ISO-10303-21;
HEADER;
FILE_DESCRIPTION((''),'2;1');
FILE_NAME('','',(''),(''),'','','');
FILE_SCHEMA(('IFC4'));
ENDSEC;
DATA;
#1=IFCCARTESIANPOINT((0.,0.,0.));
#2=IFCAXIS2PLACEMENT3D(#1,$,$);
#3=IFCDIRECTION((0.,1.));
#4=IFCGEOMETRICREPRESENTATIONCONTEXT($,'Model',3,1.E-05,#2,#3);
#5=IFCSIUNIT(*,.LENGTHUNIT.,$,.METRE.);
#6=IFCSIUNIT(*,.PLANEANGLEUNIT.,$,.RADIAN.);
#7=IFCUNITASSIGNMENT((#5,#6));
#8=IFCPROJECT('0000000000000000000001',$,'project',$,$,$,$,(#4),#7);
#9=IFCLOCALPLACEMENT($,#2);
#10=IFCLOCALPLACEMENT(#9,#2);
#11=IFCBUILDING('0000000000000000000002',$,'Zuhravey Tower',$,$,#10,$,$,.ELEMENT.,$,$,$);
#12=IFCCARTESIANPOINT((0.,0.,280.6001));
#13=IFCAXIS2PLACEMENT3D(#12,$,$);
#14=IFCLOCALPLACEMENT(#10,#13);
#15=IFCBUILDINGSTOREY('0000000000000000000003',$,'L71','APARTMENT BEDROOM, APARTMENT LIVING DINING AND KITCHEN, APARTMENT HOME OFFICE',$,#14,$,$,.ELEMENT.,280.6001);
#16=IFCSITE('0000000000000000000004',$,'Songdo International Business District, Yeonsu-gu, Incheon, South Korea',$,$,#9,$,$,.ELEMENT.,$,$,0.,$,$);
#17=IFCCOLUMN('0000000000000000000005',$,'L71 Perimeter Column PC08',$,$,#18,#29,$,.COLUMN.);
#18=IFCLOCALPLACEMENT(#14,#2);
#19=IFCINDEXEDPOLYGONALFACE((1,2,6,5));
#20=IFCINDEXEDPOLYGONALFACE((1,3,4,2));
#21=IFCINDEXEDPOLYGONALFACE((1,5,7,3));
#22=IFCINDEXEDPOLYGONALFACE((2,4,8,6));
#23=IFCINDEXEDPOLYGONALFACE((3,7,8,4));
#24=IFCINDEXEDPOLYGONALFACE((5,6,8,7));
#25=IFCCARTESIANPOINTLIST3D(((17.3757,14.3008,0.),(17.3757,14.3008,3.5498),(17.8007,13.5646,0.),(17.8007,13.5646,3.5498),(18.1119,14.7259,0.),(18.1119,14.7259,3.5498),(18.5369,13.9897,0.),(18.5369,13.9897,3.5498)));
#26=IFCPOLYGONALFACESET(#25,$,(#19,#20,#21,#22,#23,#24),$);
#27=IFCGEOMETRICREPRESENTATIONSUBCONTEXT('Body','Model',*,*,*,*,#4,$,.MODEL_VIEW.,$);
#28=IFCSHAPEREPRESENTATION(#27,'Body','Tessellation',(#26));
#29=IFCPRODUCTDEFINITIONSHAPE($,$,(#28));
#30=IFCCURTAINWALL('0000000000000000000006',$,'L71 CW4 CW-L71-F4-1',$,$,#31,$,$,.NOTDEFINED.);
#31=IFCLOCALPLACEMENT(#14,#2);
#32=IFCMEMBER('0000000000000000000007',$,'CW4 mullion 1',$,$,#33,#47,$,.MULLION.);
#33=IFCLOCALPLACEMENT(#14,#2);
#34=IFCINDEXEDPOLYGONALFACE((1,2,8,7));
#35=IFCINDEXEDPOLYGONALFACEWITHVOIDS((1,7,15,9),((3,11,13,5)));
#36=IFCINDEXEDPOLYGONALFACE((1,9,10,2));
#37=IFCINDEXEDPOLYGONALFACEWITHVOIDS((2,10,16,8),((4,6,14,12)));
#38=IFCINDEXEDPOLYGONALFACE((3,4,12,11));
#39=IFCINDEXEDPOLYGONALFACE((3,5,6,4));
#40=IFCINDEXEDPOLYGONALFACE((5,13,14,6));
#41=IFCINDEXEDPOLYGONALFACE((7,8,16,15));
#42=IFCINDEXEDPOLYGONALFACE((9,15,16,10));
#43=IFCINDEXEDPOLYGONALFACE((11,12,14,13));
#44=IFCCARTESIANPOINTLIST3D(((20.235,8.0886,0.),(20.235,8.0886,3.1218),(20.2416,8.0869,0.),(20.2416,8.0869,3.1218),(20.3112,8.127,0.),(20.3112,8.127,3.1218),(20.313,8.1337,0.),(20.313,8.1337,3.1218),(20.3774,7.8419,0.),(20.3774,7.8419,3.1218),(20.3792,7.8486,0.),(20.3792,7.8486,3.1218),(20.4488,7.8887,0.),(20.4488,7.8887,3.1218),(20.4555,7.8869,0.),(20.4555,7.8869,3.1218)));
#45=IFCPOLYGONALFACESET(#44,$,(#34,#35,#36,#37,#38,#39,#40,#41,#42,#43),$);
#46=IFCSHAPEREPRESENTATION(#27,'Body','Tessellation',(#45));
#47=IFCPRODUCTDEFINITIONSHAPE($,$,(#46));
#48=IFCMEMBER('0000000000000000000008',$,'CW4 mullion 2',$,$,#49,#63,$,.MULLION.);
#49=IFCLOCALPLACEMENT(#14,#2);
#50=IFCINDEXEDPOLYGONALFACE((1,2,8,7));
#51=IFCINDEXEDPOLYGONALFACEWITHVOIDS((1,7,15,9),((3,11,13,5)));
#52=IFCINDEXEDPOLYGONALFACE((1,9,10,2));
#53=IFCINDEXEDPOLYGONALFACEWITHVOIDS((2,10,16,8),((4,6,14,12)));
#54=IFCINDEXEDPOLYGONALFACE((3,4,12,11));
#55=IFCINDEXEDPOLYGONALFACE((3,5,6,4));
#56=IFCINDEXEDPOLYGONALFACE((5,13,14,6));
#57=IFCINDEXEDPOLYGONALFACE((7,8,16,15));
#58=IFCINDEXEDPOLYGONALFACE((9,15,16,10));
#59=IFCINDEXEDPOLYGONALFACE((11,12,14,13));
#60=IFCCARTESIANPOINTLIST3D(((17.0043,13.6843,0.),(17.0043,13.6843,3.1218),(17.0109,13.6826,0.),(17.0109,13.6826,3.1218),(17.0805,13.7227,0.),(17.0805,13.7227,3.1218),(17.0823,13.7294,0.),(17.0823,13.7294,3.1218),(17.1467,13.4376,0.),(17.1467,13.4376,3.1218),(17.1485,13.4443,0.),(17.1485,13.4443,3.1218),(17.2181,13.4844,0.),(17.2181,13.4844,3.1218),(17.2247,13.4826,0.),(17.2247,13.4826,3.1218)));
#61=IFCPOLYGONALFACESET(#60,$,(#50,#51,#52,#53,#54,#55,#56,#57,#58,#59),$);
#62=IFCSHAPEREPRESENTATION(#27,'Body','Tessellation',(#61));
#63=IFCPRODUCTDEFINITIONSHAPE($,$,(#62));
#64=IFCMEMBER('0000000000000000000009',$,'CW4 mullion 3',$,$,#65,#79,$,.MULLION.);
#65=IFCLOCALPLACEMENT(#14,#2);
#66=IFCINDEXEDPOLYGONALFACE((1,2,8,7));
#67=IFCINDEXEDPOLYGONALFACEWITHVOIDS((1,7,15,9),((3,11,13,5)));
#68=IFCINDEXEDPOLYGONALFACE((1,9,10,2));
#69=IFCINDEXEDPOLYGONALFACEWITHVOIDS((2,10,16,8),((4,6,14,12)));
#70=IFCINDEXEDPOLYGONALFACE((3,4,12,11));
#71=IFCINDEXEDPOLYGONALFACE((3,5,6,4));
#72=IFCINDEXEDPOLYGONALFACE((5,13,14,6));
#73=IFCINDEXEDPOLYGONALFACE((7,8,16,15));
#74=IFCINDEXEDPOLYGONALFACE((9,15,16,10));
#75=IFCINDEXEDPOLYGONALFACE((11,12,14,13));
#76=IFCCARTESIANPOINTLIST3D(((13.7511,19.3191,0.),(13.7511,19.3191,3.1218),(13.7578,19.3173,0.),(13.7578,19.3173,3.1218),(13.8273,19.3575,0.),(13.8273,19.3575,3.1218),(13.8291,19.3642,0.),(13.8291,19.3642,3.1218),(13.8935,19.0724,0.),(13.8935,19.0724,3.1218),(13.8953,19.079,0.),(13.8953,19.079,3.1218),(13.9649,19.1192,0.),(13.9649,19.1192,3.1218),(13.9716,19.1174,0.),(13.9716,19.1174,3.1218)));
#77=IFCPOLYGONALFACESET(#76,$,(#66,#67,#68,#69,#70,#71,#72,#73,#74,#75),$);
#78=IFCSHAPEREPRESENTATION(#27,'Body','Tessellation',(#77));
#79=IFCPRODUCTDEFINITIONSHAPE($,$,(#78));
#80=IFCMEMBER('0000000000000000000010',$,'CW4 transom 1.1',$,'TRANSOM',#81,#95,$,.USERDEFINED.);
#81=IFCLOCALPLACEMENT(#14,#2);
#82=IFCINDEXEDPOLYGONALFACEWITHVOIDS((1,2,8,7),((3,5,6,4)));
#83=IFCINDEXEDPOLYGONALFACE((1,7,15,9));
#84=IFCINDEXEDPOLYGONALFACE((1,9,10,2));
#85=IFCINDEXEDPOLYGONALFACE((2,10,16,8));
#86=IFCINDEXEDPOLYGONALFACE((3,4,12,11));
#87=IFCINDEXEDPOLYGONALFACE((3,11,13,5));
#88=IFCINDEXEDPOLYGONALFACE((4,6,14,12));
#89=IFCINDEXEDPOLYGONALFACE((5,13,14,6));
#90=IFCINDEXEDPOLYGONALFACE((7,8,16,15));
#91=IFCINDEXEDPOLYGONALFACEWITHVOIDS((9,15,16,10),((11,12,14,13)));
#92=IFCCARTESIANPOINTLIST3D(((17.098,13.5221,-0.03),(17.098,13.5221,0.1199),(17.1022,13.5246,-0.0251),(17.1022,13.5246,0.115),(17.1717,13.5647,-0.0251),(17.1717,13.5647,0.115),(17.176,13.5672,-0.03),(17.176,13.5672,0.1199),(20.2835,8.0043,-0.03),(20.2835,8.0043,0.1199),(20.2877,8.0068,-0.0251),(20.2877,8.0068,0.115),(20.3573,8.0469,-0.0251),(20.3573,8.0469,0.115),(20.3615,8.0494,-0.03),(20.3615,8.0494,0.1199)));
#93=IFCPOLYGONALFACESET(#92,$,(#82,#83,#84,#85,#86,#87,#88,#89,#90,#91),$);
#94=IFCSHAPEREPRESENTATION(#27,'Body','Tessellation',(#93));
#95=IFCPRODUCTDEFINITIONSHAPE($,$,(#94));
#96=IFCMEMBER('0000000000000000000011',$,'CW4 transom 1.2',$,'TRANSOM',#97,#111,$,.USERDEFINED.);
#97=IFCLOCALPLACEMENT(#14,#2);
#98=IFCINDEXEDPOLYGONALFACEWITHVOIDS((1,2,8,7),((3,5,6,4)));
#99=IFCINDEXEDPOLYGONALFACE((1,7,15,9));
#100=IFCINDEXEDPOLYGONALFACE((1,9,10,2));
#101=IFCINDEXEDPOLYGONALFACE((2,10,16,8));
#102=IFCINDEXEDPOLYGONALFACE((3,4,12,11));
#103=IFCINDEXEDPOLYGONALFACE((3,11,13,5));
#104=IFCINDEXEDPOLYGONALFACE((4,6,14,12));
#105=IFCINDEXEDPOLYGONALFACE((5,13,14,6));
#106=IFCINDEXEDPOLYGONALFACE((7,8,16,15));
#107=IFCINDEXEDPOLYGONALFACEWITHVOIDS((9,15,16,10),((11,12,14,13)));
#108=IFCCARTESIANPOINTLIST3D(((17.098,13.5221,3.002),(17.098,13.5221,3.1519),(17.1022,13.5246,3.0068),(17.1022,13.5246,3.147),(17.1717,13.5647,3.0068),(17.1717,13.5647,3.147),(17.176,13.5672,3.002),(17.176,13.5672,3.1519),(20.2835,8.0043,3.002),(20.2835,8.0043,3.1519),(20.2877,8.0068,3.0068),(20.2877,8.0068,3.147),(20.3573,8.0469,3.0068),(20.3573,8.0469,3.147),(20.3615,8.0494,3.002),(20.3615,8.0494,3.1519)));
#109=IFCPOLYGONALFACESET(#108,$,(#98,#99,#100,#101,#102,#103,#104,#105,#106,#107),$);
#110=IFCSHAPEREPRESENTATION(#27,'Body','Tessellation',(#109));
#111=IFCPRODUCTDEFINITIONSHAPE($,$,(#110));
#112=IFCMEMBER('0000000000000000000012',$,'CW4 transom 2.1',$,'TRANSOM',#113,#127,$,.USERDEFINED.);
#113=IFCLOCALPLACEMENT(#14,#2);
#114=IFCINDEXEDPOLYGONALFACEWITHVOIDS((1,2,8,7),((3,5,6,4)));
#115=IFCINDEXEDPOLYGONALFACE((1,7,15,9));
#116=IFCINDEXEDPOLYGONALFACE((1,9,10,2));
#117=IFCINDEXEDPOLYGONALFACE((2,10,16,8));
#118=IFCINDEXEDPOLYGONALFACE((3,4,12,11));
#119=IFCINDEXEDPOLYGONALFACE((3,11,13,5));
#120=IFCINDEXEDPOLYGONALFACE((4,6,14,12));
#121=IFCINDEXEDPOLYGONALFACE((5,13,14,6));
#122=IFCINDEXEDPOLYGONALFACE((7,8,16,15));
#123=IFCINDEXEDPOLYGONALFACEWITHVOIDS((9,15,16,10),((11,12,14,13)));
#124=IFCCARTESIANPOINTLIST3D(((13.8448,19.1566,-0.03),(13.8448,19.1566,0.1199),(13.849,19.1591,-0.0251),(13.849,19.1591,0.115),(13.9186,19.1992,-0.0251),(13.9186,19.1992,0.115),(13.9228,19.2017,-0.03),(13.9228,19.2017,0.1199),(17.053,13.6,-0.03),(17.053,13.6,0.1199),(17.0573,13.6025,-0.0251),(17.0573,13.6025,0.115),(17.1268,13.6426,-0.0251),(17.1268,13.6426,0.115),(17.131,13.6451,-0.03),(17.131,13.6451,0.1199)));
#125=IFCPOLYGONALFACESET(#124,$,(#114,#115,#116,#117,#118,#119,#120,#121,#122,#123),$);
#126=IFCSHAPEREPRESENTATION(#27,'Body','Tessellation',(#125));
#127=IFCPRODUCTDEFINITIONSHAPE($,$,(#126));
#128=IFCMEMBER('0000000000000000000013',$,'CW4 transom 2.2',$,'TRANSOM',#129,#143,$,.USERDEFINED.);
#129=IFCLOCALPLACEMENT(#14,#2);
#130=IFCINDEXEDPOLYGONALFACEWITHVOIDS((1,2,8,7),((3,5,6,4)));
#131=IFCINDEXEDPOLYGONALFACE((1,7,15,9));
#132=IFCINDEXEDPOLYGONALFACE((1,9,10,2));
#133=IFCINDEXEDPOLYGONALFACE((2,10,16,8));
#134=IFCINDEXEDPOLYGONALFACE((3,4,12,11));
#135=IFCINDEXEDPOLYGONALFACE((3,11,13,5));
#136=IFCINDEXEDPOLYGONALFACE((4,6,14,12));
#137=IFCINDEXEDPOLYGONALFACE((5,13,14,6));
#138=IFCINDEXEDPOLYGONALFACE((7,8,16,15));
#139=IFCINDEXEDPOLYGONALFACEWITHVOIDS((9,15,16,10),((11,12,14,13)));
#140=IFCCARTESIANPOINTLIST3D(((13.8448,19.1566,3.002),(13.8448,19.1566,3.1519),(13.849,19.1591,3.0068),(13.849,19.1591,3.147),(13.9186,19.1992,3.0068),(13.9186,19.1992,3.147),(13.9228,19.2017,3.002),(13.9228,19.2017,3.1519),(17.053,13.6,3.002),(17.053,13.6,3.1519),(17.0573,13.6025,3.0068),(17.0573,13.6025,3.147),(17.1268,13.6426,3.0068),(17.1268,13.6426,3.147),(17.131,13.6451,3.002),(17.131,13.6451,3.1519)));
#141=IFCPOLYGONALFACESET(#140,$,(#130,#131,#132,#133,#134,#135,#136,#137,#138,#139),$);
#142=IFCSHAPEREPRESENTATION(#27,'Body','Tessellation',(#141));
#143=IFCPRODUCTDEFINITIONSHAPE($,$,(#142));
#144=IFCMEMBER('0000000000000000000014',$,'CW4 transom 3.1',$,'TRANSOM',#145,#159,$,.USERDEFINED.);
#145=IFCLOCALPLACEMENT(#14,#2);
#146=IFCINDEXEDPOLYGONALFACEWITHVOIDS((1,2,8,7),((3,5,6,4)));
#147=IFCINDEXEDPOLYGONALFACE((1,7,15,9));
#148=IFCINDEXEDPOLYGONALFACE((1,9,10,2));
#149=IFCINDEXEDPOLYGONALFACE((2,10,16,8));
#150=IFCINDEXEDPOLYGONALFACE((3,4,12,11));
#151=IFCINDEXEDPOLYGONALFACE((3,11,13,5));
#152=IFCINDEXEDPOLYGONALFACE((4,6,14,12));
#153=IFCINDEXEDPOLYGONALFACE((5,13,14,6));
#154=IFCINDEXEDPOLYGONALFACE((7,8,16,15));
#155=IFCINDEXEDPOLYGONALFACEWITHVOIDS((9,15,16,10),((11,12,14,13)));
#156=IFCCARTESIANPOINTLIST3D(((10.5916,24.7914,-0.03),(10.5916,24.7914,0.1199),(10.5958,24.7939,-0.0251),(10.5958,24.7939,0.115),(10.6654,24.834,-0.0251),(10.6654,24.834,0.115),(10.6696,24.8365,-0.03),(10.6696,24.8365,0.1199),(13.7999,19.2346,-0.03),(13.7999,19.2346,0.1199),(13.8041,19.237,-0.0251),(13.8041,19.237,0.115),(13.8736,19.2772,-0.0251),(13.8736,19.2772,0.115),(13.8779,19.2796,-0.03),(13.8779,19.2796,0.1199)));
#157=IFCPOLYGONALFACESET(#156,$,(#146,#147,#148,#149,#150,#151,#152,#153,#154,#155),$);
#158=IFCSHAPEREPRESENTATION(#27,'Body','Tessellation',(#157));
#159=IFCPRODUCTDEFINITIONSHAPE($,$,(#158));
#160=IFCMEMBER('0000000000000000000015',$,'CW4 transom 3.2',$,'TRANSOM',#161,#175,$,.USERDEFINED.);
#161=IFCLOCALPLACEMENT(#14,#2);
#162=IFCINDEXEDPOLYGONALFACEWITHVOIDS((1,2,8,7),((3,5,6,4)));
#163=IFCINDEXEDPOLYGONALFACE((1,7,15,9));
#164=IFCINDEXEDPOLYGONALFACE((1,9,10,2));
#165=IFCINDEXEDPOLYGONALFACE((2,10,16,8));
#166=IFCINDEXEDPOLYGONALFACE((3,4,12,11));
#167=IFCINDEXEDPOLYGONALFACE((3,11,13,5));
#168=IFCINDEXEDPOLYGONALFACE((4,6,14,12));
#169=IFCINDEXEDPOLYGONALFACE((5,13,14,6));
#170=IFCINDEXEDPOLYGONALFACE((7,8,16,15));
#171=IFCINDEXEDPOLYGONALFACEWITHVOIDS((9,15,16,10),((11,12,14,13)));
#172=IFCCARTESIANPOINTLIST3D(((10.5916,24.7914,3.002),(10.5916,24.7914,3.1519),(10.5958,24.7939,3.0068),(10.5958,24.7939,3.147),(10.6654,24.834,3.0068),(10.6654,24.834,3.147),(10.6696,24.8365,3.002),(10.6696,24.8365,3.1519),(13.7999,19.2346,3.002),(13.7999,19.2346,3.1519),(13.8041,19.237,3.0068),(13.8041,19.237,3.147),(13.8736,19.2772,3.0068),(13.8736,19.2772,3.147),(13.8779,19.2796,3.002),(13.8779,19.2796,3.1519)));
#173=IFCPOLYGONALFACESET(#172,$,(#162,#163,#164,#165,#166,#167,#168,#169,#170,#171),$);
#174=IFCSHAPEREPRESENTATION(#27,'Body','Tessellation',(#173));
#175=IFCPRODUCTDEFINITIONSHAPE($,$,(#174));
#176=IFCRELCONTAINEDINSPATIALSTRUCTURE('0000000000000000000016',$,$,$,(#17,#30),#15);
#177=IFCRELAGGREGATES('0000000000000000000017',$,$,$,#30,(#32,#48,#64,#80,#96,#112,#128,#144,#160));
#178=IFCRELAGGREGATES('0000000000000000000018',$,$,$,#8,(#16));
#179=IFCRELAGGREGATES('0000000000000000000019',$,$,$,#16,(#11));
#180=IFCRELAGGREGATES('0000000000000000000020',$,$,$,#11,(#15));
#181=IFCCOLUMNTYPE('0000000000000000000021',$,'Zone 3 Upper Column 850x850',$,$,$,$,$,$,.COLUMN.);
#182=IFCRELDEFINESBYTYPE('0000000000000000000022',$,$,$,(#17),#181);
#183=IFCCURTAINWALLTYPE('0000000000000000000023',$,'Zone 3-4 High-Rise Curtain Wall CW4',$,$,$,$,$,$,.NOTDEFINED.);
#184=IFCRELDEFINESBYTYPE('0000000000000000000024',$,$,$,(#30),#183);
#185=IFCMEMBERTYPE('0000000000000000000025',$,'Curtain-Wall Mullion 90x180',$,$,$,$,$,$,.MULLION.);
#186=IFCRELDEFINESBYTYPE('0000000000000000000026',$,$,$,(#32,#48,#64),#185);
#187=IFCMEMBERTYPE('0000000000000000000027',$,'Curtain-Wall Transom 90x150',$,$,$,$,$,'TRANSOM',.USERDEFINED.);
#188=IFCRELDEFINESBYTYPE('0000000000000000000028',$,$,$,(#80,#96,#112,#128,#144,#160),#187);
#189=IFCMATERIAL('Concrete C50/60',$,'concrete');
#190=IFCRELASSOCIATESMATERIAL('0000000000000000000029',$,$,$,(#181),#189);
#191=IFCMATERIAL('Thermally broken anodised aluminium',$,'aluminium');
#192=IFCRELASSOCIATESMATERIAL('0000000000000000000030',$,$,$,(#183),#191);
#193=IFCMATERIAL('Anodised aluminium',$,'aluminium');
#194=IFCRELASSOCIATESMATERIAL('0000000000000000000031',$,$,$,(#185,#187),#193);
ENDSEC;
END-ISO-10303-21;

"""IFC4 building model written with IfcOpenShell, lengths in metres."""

from ifc_helpers import new_model, si_unit, direction, frame, origin, origin_2d, place, context, subcontext, project, spatial, rectangle, hollow_rectangle, extrude, material, material_profile, profile_set, type_object, element, aggregate, save


model = new_model("IFC4")

# Units and contexts
model_context = context("Model", 3, precision=1e-05, world=origin(), true_north=direction((0.0, 1.0)))
body_context = subcontext(model_context, "Body", "Model", "MODEL_VIEW")
ifc_project = project(units=[si_unit("LENGTHUNIT", "METRE"), si_unit("PLANEANGLEUNIT", "RADIAN")], contexts=[model_context])

# Site, building, storey
site_placement = place(None, origin())
site = spatial("IfcSite", under=ifc_project, at=site_placement, Name="Songdo International Business District, Yeonsu-gu, Incheon, South Korea", CompositionType="ELEMENT", RefElevation=0.0)
building_placement = place(site_placement, origin())
building = spatial("IfcBuilding", under=site, at=building_placement, Name="Zuhravey Tower", CompositionType="ELEMENT")
storey_placement = place(building_placement, frame((0.0, 0.0, 280.6001)))
storey = spatial("IfcBuildingStorey", under=building, at=storey_placement, Name="L71", Description="APARTMENT BEDROOM, APARTMENT LIVING DINING AND KITCHEN, APARTMENT HOME OFFICE", CompositionType="ELEMENT", Elevation=280.6001)

# Column
ifc_material_1 = material(Name="Concrete C50/60", Category="concrete")
ifc_material_profile_1 = material_profile(ifc_material_1, rectangle(XDim=0.8501, YDim=0.8501, at=origin_2d()), Name="RC-850x850")
ifc_profile_set_1 = profile_set([ifc_material_profile_1], Name="Concrete C50/60")
column_type = type_object("IfcColumnType", Name="Zone 3 Upper Column 850x850", PredefinedType="COLUMN", material=ifc_profile_set_1)
column_placement = place(storey_placement, frame((17.9563, 14.1453, 0.0), z_axis=(0.0, 0.0, 1.0), x_axis=(0.5, -0.866025, 0.0)))
element("IfcColumn", 1, at=column_placement, inside=storey, type_object=column_type, Name="L71 Perimeter Column PC08", PredefinedType="COLUMN", context=body_context, shape_type="SweptSolid", body=[
    extrude(rectangle(XDim=0.8501, YDim=0.8501, at=origin_2d()), origin(), (0.0, 0.0, 1.0), 3.5498),
])

# Curtain wall, members
ifc_material_2 = material(Name="Thermally broken anodised aluminium", Category="aluminium")
curtain_wall_type = type_object("IfcCurtainWallType", Name="Zone 3-4 High-Rise Curtain Wall CW4", PredefinedType="NOTDEFINED", material=ifc_material_2)
curtain_wall_placement = place(storey_placement, origin())
curtain_wall = element("IfcCurtainWall", 2, at=curtain_wall_placement, inside=storey, type_object=curtain_wall_type, Name="L71 CW4 CW-L71-F4-1", PredefinedType="NOTDEFINED")
ifc_material_3 = material(Name="Anodised aluminium", Category="aluminium")
ifc_material_profile_2 = material_profile(ifc_material_3, hollow_rectangle(XDim=0.0901, YDim=0.2849, WallThickness=0.0049, at=origin_2d()), Name="ALU-RHS-90x285x5")
ifc_profile_set_2 = profile_set([ifc_material_profile_2], Name="Anodised aluminium")
member_type_1 = type_object("IfcMemberType", Name="Curtain-Wall Mullion 90x180", PredefinedType="MULLION", material=ifc_profile_set_2)
member_1_placement = place(storey_placement, frame((20.3452, 7.9878, 0.0), z_axis=(0.0, 0.0, 1.0), x_axis=(-0.866025, -0.500001, 0.0)))
member_1 = element("IfcMember", 3, at=member_1_placement, type_object=member_type_1, Name="CW4 mullion 1", PredefinedType="MULLION", context=body_context, shape_type="SweptSolid", body=[
    extrude(hollow_rectangle(XDim=0.0901, YDim=0.2849, WallThickness=0.0049, at=origin_2d()), origin(), (0.0, 0.0, 1.0), 3.1218),
])
member_2_placement = place(storey_placement, frame((17.1145, 13.5835, 0.0), z_axis=(0.0, 0.0, 1.0), x_axis=(-0.866025, -0.500001, 0.0)))
member_2 = element("IfcMember", 4, at=member_2_placement, type_object=member_type_1, Name="CW4 mullion 2", PredefinedType="MULLION", context=body_context, shape_type="SweptSolid", body=[
    extrude(hollow_rectangle(XDim=0.0901, YDim=0.2849, WallThickness=0.0049, at=origin_2d()), origin(), (0.0, 0.0, 1.0), 3.1218),
])
member_3_placement = place(storey_placement, frame((13.8613, 19.2183, 0.0), z_axis=(0.0, 0.0, 1.0), x_axis=(-0.866025, -0.500001, 0.0)))
member_3 = element("IfcMember", 5, at=member_3_placement, type_object=member_type_1, Name="CW4 mullion 3", PredefinedType="MULLION", context=body_context, shape_type="SweptSolid", body=[
    extrude(hollow_rectangle(XDim=0.0901, YDim=0.2849, WallThickness=0.0049, at=origin_2d()), origin(), (0.0, 0.0, 1.0), 3.1218),
])
ifc_material_profile_3 = material_profile(ifc_material_3, hollow_rectangle(XDim=0.0901, YDim=0.1499, WallThickness=0.0049, at=origin_2d()), Name="ALU-RHS-90x150x5")
ifc_profile_set_3 = profile_set([ifc_material_profile_3], Name="Anodised aluminium")
member_type_2 = type_object("IfcMemberType", Name="Curtain-Wall Transom 90x150", ElementType="TRANSOM", PredefinedType="USERDEFINED", material=ifc_profile_set_3)
member_4_placement = place(storey_placement, frame((20.3225, 8.0269, 0.0449), z_axis=(-0.49998, 0.866037, 0.0), x_axis=(-0.866037, -0.49998, 0.0)))
member_4 = element("IfcMember", 6, at=member_4_placement, type_object=member_type_2, Name="CW4 transom 1.1", ObjectType="TRANSOM", PredefinedType="USERDEFINED", context=body_context, shape_type="SweptSolid", body=[
    extrude(hollow_rectangle(XDim=0.0901, YDim=0.1499, WallThickness=0.0049, at=origin_2d()), origin(), (0.0, 0.0, 1.0), 6.3713),
])
member_5_placement = place(storey_placement, frame((20.3225, 8.0269, 3.0769), z_axis=(-0.49998, 0.866037, 0.0), x_axis=(-0.866037, -0.49998, 0.0)))
member_5 = element("IfcMember", 7, at=member_5_placement, type_object=member_type_2, Name="CW4 transom 1.2", ObjectType="TRANSOM", PredefinedType="USERDEFINED", context=body_context, shape_type="SweptSolid", body=[
    extrude(hollow_rectangle(XDim=0.0901, YDim=0.1499, WallThickness=0.0049, at=origin_2d()), origin(), (0.0, 0.0, 1.0), 6.3713),
])
member_6_placement = place(storey_placement, frame((17.092, 13.6226, 0.0449), z_axis=(-0.500014, 0.866017, 0.0), x_axis=(-0.866017, -0.500014, 0.0)))
member_6 = element("IfcMember", 8, at=member_6_placement, type_object=member_type_2, Name="CW4 transom 2.1", ObjectType="TRANSOM", PredefinedType="USERDEFINED", context=body_context, shape_type="SweptSolid", body=[
    extrude(hollow_rectangle(XDim=0.0901, YDim=0.1499, WallThickness=0.0049, at=origin_2d()), origin(), (0.0, 0.0, 1.0), 6.4163),
])
member_7_placement = place(storey_placement, frame((17.092, 13.6226, 3.0769), z_axis=(-0.500014, 0.866017, 0.0), x_axis=(-0.866017, -0.500014, 0.0)))
member_7 = element("IfcMember", 9, at=member_7_placement, type_object=member_type_2, Name="CW4 transom 2.2", ObjectType="TRANSOM", PredefinedType="USERDEFINED", context=body_context, shape_type="SweptSolid", body=[
    extrude(hollow_rectangle(XDim=0.0901, YDim=0.1499, WallThickness=0.0049, at=origin_2d()), origin(), (0.0, 0.0, 1.0), 6.4163),
])
member_8_placement = place(storey_placement, frame((13.8389, 19.2571, 0.0449), z_axis=(-0.499998, 0.866027, 0.0), x_axis=(-0.866027, -0.499998, 0.0)))
member_8 = element("IfcMember", 10, at=member_8_placement, type_object=member_type_2, Name="CW4 transom 3.1", ObjectType="TRANSOM", PredefinedType="USERDEFINED", context=body_context, shape_type="SweptSolid", body=[
    extrude(hollow_rectangle(XDim=0.0901, YDim=0.1499, WallThickness=0.0049, at=origin_2d()), origin(), (0.0, 0.0, 1.0), 6.4165),
])
member_9_placement = place(storey_placement, frame((13.8389, 19.2571, 3.0769), z_axis=(-0.499998, 0.866027, 0.0), x_axis=(-0.866027, -0.499998, 0.0)))
member_9 = element("IfcMember", 11, at=member_9_placement, type_object=member_type_2, Name="CW4 transom 3.2", ObjectType="TRANSOM", PredefinedType="USERDEFINED", context=body_context, shape_type="SweptSolid", body=[
    extrude(hollow_rectangle(XDim=0.0901, YDim=0.1499, WallThickness=0.0049, at=origin_2d()), origin(), (0.0, 0.0, 1.0), 6.4165),
])

aggregate(curtain_wall, [member_1, member_2, member_3, member_4, member_5, member_6, member_7, member_8, member_9])

save(model, "model.ifc")
